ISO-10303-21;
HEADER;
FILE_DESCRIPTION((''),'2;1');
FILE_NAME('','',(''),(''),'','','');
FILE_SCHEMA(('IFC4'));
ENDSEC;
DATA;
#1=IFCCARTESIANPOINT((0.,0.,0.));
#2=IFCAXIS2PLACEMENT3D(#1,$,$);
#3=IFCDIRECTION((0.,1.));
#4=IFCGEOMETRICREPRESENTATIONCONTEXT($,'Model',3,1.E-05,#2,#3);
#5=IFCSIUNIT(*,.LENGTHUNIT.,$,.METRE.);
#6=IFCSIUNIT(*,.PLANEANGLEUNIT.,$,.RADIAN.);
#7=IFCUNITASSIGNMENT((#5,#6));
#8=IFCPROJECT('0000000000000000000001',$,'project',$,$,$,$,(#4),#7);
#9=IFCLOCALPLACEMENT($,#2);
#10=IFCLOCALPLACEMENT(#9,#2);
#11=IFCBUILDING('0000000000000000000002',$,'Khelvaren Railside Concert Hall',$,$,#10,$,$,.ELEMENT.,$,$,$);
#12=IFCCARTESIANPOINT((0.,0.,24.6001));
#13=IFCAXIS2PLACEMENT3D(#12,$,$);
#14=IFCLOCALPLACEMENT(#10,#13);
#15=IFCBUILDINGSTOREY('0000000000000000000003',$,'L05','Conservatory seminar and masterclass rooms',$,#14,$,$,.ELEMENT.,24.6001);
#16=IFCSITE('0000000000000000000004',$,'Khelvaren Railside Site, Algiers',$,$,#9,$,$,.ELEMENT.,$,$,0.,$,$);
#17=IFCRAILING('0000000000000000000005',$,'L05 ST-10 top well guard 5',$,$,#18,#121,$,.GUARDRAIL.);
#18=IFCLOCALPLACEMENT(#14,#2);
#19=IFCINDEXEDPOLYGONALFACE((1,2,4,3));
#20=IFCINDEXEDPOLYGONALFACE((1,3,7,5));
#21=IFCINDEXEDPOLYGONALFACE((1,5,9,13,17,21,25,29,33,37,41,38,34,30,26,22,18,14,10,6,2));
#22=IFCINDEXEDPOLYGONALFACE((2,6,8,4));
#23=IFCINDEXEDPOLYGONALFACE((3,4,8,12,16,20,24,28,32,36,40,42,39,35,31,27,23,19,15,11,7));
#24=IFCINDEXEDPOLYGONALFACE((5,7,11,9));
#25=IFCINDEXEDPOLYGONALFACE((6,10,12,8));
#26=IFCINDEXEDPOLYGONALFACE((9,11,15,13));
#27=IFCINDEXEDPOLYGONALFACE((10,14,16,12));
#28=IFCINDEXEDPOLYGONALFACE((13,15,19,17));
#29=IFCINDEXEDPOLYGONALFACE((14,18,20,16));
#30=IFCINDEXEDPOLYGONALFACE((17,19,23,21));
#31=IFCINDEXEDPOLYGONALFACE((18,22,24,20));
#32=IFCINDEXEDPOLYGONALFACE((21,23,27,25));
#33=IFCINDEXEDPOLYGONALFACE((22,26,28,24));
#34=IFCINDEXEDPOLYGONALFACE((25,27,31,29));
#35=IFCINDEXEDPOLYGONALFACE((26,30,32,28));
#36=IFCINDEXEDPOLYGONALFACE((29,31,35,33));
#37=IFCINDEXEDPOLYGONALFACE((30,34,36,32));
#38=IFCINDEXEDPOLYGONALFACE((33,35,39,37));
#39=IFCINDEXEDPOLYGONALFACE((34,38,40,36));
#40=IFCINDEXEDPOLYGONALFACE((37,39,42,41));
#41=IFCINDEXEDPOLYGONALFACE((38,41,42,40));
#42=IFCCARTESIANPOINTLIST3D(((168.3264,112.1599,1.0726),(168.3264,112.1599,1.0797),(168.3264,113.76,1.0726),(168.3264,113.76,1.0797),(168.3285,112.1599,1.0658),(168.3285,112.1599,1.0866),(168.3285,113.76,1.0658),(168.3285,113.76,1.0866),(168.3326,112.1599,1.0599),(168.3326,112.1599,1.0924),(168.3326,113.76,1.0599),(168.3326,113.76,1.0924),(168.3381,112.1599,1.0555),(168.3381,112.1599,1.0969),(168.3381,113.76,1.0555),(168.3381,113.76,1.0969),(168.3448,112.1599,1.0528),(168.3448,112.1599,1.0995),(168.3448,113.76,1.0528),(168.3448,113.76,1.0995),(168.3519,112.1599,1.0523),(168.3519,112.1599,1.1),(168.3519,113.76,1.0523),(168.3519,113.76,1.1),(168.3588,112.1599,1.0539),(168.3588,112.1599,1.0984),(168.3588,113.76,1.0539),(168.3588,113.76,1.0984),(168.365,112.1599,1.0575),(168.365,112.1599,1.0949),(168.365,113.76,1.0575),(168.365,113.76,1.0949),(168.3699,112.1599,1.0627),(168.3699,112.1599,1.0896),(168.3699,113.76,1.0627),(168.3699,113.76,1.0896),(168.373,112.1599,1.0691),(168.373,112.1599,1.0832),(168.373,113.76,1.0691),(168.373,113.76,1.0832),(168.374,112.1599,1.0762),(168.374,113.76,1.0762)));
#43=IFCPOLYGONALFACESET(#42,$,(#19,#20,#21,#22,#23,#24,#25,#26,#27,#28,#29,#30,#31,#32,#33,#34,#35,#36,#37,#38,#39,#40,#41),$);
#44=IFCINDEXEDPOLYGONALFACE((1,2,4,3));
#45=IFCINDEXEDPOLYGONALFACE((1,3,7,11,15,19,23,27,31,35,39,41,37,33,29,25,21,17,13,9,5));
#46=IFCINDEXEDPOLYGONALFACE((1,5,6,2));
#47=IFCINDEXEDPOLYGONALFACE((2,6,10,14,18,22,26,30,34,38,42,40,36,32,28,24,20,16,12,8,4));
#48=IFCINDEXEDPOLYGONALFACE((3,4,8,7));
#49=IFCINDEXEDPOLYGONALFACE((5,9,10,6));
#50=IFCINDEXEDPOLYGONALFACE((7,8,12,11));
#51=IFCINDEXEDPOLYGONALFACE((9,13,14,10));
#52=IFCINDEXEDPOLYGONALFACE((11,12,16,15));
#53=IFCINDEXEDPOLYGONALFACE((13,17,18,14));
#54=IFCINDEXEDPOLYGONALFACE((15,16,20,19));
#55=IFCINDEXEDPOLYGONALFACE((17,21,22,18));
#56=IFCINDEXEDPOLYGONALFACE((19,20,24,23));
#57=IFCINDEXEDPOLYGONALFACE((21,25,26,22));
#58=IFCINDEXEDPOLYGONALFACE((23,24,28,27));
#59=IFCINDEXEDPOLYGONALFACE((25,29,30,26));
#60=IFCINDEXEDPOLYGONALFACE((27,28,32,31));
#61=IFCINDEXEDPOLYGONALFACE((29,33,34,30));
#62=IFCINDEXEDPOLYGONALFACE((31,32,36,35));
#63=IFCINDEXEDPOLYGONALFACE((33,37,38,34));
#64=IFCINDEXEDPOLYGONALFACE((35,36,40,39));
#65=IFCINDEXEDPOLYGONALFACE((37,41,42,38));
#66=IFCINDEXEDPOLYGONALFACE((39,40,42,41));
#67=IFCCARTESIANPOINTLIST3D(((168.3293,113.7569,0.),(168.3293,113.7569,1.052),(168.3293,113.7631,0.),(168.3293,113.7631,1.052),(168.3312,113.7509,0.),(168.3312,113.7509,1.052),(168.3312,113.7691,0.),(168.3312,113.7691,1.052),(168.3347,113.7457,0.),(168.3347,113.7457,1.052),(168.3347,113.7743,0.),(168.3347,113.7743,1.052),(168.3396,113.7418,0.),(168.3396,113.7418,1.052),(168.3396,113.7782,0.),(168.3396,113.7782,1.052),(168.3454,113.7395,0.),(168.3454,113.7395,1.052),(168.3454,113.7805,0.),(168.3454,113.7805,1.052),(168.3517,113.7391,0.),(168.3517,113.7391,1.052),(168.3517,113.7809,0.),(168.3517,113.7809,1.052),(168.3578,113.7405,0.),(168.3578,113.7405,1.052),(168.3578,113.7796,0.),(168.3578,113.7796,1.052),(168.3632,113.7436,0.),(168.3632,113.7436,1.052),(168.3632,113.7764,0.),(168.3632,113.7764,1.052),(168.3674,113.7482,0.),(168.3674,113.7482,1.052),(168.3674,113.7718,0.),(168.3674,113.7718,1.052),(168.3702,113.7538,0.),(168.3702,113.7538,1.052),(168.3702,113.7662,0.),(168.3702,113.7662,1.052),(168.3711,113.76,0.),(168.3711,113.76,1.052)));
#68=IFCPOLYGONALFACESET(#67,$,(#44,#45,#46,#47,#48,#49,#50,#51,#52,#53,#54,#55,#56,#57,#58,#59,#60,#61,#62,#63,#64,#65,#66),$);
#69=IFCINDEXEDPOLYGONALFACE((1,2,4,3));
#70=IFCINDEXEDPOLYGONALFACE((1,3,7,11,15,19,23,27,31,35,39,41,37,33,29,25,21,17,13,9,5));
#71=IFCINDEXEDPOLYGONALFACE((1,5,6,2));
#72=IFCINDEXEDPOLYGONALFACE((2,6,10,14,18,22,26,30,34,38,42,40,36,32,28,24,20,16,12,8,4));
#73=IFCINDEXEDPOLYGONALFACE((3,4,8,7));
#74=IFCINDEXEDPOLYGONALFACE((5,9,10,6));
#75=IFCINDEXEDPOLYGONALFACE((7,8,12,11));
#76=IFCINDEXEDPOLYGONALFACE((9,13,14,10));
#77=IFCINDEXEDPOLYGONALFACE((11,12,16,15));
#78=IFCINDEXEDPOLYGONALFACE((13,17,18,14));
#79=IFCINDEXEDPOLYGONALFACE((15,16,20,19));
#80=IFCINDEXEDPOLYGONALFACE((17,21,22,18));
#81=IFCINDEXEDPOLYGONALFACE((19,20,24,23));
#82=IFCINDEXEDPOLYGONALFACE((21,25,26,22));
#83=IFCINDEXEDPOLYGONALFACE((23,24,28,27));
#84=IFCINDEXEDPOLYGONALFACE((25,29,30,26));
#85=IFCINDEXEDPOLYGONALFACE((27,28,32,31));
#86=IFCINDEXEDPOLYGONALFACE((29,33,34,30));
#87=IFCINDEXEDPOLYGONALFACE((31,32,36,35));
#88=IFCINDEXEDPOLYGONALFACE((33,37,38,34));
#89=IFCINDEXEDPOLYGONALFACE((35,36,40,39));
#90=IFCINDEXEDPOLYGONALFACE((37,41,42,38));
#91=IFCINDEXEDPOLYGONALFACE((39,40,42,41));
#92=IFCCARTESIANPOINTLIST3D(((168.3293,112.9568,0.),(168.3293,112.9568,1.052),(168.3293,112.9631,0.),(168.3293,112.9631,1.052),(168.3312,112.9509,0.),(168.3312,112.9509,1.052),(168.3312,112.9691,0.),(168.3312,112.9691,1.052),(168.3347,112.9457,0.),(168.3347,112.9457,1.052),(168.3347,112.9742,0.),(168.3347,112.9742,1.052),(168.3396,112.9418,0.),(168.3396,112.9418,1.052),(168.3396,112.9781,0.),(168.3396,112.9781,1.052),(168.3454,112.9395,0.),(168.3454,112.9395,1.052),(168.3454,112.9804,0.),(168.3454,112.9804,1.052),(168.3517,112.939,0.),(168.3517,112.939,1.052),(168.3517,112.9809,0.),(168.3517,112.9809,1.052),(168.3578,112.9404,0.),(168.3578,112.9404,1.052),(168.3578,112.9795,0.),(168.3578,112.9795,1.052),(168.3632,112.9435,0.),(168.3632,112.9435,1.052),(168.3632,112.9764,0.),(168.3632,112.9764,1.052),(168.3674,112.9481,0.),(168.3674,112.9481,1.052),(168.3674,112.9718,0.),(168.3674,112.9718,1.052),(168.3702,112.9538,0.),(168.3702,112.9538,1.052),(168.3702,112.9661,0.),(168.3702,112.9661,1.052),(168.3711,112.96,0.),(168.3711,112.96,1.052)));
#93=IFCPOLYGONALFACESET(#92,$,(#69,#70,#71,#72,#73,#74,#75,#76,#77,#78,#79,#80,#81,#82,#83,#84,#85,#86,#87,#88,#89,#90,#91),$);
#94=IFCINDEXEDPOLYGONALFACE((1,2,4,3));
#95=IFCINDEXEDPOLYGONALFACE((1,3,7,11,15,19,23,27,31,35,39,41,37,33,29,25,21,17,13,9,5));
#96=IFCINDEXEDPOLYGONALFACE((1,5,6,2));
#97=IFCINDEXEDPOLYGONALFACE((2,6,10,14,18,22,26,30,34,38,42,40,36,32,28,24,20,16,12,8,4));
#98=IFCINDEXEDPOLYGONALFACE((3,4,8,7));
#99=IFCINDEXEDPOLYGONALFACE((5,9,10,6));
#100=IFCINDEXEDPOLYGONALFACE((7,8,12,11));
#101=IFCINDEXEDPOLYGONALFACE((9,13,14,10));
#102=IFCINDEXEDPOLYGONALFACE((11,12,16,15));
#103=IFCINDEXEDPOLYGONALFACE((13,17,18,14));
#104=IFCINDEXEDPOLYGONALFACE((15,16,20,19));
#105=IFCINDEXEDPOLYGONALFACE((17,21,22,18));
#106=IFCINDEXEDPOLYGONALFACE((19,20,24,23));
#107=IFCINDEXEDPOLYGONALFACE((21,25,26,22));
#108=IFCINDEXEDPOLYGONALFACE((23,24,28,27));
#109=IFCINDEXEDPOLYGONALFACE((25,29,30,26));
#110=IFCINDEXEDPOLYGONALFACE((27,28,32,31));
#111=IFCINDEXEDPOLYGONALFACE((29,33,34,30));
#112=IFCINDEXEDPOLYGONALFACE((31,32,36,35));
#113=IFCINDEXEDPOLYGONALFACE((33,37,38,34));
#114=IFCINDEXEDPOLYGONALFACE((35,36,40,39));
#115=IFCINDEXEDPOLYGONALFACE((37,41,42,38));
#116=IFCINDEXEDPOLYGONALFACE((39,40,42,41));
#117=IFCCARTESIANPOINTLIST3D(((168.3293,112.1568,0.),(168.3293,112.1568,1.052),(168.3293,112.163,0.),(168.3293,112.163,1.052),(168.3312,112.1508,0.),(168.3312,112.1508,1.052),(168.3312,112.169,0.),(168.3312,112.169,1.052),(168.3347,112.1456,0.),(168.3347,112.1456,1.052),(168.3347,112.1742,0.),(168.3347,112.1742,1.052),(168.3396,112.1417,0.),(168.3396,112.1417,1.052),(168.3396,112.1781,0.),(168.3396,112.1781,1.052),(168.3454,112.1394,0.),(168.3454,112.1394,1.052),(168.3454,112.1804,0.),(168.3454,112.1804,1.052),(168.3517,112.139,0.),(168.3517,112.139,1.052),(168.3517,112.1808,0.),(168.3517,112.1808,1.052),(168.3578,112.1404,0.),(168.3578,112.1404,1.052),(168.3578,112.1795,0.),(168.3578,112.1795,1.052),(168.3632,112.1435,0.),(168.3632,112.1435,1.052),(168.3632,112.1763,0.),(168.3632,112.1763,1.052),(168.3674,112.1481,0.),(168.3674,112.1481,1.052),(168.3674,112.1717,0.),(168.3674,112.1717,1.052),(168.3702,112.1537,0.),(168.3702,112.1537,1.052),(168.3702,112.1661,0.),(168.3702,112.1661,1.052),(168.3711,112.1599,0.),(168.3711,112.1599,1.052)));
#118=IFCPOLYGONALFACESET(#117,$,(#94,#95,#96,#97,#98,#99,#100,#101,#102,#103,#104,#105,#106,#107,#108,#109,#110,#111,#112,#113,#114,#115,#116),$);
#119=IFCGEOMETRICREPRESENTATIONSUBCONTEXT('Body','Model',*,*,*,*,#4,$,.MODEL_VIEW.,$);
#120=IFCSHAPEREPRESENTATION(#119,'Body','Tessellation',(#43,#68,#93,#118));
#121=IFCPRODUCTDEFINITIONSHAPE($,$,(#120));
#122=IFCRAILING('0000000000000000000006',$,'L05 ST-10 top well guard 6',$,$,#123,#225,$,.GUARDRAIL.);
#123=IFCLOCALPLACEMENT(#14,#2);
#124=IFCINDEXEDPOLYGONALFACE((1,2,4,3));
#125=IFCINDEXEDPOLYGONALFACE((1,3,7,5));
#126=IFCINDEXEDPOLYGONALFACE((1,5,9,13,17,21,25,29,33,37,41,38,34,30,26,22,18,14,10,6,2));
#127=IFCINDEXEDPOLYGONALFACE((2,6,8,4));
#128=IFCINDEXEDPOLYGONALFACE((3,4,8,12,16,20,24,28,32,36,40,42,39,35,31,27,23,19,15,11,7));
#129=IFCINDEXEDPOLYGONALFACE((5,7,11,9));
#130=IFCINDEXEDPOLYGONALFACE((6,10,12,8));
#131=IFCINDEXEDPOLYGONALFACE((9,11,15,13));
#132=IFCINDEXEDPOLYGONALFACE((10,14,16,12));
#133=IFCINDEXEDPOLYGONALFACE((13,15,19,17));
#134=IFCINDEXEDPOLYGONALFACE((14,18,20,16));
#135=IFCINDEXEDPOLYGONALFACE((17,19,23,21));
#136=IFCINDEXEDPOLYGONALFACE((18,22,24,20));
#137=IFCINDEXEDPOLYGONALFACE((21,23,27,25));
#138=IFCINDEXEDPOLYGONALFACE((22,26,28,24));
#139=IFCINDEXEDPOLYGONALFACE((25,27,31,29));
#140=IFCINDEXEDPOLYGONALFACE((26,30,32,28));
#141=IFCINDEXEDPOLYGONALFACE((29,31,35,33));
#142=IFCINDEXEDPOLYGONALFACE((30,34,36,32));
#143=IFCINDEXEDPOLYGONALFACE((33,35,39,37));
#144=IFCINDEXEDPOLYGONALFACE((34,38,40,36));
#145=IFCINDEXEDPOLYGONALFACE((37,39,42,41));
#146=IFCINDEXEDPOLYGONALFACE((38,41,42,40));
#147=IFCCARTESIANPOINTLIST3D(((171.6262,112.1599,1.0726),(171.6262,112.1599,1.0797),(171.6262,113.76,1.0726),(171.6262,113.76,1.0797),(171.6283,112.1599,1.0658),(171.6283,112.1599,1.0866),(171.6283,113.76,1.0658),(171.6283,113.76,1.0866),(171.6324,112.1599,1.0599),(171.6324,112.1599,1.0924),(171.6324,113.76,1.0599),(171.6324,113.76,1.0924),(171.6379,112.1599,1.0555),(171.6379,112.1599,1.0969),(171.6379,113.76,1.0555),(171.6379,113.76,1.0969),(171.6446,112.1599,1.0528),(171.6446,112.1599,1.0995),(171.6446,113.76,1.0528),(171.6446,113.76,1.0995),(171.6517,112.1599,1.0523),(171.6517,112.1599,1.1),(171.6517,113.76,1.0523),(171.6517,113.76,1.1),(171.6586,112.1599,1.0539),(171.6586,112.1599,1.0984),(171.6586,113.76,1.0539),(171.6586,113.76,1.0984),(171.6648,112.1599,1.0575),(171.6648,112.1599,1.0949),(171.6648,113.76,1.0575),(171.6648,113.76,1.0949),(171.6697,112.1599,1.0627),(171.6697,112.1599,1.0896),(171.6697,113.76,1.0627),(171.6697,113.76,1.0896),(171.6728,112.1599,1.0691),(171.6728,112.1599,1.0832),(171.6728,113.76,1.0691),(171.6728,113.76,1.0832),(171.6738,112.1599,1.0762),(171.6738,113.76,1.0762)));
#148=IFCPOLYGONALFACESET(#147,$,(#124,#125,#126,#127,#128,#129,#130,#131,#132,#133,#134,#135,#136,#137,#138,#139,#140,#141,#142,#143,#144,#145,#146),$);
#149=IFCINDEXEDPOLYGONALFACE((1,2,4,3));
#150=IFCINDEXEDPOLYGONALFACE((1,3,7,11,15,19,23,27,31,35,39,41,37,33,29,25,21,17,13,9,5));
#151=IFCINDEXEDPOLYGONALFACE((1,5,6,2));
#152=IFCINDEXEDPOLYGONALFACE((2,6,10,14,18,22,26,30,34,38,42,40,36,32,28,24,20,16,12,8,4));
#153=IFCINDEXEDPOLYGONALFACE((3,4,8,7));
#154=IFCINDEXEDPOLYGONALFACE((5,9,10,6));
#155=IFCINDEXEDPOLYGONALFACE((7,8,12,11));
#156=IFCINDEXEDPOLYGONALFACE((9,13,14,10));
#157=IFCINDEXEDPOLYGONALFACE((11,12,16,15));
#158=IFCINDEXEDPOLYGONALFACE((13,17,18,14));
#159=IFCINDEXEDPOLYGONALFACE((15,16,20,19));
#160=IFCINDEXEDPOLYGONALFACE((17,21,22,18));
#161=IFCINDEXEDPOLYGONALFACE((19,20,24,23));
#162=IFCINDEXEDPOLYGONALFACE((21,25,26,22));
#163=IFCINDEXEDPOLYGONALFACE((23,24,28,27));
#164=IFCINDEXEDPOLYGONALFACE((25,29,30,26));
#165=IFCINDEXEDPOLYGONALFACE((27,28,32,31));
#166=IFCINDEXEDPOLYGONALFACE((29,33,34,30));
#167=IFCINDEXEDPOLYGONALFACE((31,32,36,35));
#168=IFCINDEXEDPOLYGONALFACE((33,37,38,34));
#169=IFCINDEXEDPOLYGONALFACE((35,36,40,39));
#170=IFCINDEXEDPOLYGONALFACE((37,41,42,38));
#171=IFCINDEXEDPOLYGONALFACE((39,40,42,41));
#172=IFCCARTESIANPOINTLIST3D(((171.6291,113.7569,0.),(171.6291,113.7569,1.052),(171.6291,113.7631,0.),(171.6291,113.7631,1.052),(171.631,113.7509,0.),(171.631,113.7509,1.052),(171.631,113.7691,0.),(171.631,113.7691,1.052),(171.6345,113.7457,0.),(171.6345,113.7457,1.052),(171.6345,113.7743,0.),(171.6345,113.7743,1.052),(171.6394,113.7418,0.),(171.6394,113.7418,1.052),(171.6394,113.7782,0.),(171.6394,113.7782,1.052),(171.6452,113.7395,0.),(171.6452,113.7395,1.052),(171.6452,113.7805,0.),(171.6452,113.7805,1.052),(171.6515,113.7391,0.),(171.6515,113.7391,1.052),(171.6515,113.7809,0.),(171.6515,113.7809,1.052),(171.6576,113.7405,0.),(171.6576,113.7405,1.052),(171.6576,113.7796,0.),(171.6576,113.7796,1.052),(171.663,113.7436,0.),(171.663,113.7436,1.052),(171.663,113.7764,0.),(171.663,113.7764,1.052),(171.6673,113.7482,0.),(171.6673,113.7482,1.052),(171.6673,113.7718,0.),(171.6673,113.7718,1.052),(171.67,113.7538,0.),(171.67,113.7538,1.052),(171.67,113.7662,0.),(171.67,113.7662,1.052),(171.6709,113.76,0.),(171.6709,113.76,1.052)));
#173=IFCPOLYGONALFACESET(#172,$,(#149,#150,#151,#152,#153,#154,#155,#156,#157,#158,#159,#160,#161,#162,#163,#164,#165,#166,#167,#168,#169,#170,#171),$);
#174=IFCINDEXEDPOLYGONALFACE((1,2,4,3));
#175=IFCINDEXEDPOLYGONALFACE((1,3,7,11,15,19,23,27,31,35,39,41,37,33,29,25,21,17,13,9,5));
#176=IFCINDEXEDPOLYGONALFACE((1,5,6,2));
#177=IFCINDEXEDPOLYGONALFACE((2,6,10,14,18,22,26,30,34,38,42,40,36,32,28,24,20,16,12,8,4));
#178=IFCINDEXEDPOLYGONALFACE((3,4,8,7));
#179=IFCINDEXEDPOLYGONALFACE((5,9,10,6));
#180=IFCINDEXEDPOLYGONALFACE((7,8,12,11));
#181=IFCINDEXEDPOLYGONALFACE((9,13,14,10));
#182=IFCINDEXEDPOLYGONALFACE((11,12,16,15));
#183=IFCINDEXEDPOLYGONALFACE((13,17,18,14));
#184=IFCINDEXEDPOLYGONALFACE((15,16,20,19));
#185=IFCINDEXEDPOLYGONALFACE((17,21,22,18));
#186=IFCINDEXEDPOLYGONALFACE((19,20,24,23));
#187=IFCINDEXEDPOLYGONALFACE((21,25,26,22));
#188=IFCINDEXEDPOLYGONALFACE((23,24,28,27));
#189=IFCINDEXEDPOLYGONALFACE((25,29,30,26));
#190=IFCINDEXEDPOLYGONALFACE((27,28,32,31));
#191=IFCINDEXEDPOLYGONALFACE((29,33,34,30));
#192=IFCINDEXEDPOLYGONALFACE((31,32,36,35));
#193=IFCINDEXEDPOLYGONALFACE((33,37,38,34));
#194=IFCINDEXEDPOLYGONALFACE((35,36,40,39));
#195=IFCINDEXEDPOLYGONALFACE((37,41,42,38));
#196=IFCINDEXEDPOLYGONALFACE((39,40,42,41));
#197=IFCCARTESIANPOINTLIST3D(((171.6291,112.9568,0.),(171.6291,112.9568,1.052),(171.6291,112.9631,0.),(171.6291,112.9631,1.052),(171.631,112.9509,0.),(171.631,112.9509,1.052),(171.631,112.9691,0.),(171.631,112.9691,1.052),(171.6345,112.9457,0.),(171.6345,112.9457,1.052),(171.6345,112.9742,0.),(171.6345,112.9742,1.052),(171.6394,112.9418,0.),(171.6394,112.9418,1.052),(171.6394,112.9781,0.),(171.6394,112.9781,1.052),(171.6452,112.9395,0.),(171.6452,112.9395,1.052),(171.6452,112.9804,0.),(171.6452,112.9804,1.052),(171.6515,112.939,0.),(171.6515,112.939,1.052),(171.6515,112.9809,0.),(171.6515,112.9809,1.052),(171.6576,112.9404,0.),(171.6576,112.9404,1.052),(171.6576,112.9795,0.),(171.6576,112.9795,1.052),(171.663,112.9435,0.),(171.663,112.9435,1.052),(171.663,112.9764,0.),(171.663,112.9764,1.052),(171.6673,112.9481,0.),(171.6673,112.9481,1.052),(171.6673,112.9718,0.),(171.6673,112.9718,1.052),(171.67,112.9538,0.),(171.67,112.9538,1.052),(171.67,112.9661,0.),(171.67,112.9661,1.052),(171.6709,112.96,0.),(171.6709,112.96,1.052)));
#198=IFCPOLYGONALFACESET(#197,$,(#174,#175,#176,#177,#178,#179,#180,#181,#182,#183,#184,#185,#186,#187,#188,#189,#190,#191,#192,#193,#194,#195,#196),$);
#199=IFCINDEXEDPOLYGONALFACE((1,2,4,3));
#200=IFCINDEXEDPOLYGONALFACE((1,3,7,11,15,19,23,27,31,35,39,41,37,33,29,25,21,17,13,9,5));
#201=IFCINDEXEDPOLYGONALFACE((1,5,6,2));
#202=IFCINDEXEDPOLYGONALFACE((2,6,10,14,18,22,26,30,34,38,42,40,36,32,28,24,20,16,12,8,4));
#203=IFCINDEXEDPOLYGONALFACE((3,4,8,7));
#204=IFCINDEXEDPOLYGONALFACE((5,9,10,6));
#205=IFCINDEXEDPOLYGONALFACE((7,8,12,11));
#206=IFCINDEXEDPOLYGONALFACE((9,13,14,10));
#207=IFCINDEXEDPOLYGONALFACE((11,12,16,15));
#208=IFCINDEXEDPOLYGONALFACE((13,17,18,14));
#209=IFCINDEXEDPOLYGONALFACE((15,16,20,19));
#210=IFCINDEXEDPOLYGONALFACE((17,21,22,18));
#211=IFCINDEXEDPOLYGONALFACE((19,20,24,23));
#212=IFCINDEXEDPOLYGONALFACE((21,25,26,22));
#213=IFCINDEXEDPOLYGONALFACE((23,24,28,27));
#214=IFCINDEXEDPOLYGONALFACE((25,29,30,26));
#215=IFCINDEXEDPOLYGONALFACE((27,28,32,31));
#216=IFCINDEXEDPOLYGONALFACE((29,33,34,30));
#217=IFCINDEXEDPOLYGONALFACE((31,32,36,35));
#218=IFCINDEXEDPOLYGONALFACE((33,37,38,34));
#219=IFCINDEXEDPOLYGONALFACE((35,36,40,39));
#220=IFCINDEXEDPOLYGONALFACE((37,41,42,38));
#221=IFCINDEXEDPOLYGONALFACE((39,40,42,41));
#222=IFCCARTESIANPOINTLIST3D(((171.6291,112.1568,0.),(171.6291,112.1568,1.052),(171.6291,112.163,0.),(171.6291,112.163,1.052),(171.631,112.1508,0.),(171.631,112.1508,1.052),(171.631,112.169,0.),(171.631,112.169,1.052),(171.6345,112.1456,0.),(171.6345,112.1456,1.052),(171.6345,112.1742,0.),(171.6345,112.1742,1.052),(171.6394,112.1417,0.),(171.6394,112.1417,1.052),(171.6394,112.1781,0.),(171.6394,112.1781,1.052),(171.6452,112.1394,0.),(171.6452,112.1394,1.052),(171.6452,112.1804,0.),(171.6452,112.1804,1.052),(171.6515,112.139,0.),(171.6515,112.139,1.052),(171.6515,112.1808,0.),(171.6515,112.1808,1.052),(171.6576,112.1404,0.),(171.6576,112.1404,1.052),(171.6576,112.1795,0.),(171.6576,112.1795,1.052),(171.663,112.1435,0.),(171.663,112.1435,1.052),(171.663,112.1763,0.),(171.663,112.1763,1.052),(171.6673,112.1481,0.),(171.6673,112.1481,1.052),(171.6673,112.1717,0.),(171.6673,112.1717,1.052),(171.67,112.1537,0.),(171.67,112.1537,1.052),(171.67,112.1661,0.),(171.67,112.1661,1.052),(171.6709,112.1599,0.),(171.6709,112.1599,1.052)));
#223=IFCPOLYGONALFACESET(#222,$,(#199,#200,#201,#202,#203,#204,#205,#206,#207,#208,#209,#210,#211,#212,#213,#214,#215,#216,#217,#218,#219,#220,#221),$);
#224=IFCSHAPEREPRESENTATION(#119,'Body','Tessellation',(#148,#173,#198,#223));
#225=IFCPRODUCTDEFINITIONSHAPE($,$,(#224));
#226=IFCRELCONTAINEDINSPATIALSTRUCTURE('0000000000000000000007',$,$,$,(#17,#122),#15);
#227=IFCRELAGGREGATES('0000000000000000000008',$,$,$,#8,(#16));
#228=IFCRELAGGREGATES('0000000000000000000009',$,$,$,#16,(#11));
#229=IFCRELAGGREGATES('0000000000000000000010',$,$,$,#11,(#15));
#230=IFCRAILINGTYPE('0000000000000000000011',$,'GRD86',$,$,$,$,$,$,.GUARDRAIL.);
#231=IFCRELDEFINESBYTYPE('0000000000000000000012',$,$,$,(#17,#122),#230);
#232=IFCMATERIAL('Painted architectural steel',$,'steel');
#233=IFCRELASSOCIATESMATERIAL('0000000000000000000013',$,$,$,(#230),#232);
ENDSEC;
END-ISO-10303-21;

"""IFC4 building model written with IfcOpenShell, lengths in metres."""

from ifc_helpers import new_model, si_unit, direction, frame, origin, origin_2d, place, context, subcontext, project, spatial, circle, extrude, material, type_object, element, save


model = new_model("IFC4")

# Units and contexts
model_context = context("Model", 3, precision=1e-05, world=origin(), true_north=direction((0.0, 1.0)))
body_context = subcontext(model_context, "Body", "Model", "MODEL_VIEW")
ifc_project = project(units=[si_unit("LENGTHUNIT", "METRE"), si_unit("PLANEANGLEUNIT", "RADIAN")], contexts=[model_context])

# Site, building, storey
site_placement = place(None, origin())
site = spatial("IfcSite", under=ifc_project, at=site_placement, Name="Khelvaren Railside Site, Algiers", CompositionType="ELEMENT", RefElevation=0.0)
building_placement = place(site_placement, origin())
building = spatial("IfcBuilding", under=site, at=building_placement, Name="Khelvaren Railside Concert Hall", CompositionType="ELEMENT")
storey_placement = place(building_placement, frame((0.0, 0.0, 24.6001)))
storey = spatial("IfcBuildingStorey", under=building, at=storey_placement, Name="L05", Description="Conservatory seminar and masterclass rooms", CompositionType="ELEMENT", Elevation=24.6001)

# Railings
ifc_material_1 = material(Name="Painted architectural steel", Category="steel")
railing_type = type_object("IfcRailingType", Name="GRD86", PredefinedType="GUARDRAIL", material=ifc_material_1)
for number, where, name in (
    (1, (168.3501, 113.76, 0.0), "L05 ST-10 top well guard 5"),
    (2, (171.6499, 113.76, 0.0), "L05 ST-10 top well guard 6"),
):
    element("IfcRailing", number, at=place(storey_placement, frame(where)), inside=storey, type_object=railing_type, Name=name, PredefinedType="GUARDRAIL", context=body_context, shape_type="SweptSolid", body=[
        extrude(circle(Radius=0.0239, at=origin_2d()), frame((0.0, 0.0, 1.0762), z_axis=(0.0, -1.0, 0.0), x_axis=(1.0, 0.0, 0.0)), (0.0, 0.0, 1.0), 1.6001),
        extrude(circle(Radius=0.021, at=origin_2d()), origin(), (0.0, 0.0, 1.0), 1.052),
        extrude(circle(Radius=0.021, at=origin_2d()), frame((0.0, -0.8, 0.0)), (0.0, 0.0, 1.0), 1.052),
        extrude(circle(Radius=0.021, at=origin_2d()), frame((0.0, -1.6001, 0.0)), (0.0, 0.0, 1.0), 1.052),
    ])

save(model, "model.ifc")
